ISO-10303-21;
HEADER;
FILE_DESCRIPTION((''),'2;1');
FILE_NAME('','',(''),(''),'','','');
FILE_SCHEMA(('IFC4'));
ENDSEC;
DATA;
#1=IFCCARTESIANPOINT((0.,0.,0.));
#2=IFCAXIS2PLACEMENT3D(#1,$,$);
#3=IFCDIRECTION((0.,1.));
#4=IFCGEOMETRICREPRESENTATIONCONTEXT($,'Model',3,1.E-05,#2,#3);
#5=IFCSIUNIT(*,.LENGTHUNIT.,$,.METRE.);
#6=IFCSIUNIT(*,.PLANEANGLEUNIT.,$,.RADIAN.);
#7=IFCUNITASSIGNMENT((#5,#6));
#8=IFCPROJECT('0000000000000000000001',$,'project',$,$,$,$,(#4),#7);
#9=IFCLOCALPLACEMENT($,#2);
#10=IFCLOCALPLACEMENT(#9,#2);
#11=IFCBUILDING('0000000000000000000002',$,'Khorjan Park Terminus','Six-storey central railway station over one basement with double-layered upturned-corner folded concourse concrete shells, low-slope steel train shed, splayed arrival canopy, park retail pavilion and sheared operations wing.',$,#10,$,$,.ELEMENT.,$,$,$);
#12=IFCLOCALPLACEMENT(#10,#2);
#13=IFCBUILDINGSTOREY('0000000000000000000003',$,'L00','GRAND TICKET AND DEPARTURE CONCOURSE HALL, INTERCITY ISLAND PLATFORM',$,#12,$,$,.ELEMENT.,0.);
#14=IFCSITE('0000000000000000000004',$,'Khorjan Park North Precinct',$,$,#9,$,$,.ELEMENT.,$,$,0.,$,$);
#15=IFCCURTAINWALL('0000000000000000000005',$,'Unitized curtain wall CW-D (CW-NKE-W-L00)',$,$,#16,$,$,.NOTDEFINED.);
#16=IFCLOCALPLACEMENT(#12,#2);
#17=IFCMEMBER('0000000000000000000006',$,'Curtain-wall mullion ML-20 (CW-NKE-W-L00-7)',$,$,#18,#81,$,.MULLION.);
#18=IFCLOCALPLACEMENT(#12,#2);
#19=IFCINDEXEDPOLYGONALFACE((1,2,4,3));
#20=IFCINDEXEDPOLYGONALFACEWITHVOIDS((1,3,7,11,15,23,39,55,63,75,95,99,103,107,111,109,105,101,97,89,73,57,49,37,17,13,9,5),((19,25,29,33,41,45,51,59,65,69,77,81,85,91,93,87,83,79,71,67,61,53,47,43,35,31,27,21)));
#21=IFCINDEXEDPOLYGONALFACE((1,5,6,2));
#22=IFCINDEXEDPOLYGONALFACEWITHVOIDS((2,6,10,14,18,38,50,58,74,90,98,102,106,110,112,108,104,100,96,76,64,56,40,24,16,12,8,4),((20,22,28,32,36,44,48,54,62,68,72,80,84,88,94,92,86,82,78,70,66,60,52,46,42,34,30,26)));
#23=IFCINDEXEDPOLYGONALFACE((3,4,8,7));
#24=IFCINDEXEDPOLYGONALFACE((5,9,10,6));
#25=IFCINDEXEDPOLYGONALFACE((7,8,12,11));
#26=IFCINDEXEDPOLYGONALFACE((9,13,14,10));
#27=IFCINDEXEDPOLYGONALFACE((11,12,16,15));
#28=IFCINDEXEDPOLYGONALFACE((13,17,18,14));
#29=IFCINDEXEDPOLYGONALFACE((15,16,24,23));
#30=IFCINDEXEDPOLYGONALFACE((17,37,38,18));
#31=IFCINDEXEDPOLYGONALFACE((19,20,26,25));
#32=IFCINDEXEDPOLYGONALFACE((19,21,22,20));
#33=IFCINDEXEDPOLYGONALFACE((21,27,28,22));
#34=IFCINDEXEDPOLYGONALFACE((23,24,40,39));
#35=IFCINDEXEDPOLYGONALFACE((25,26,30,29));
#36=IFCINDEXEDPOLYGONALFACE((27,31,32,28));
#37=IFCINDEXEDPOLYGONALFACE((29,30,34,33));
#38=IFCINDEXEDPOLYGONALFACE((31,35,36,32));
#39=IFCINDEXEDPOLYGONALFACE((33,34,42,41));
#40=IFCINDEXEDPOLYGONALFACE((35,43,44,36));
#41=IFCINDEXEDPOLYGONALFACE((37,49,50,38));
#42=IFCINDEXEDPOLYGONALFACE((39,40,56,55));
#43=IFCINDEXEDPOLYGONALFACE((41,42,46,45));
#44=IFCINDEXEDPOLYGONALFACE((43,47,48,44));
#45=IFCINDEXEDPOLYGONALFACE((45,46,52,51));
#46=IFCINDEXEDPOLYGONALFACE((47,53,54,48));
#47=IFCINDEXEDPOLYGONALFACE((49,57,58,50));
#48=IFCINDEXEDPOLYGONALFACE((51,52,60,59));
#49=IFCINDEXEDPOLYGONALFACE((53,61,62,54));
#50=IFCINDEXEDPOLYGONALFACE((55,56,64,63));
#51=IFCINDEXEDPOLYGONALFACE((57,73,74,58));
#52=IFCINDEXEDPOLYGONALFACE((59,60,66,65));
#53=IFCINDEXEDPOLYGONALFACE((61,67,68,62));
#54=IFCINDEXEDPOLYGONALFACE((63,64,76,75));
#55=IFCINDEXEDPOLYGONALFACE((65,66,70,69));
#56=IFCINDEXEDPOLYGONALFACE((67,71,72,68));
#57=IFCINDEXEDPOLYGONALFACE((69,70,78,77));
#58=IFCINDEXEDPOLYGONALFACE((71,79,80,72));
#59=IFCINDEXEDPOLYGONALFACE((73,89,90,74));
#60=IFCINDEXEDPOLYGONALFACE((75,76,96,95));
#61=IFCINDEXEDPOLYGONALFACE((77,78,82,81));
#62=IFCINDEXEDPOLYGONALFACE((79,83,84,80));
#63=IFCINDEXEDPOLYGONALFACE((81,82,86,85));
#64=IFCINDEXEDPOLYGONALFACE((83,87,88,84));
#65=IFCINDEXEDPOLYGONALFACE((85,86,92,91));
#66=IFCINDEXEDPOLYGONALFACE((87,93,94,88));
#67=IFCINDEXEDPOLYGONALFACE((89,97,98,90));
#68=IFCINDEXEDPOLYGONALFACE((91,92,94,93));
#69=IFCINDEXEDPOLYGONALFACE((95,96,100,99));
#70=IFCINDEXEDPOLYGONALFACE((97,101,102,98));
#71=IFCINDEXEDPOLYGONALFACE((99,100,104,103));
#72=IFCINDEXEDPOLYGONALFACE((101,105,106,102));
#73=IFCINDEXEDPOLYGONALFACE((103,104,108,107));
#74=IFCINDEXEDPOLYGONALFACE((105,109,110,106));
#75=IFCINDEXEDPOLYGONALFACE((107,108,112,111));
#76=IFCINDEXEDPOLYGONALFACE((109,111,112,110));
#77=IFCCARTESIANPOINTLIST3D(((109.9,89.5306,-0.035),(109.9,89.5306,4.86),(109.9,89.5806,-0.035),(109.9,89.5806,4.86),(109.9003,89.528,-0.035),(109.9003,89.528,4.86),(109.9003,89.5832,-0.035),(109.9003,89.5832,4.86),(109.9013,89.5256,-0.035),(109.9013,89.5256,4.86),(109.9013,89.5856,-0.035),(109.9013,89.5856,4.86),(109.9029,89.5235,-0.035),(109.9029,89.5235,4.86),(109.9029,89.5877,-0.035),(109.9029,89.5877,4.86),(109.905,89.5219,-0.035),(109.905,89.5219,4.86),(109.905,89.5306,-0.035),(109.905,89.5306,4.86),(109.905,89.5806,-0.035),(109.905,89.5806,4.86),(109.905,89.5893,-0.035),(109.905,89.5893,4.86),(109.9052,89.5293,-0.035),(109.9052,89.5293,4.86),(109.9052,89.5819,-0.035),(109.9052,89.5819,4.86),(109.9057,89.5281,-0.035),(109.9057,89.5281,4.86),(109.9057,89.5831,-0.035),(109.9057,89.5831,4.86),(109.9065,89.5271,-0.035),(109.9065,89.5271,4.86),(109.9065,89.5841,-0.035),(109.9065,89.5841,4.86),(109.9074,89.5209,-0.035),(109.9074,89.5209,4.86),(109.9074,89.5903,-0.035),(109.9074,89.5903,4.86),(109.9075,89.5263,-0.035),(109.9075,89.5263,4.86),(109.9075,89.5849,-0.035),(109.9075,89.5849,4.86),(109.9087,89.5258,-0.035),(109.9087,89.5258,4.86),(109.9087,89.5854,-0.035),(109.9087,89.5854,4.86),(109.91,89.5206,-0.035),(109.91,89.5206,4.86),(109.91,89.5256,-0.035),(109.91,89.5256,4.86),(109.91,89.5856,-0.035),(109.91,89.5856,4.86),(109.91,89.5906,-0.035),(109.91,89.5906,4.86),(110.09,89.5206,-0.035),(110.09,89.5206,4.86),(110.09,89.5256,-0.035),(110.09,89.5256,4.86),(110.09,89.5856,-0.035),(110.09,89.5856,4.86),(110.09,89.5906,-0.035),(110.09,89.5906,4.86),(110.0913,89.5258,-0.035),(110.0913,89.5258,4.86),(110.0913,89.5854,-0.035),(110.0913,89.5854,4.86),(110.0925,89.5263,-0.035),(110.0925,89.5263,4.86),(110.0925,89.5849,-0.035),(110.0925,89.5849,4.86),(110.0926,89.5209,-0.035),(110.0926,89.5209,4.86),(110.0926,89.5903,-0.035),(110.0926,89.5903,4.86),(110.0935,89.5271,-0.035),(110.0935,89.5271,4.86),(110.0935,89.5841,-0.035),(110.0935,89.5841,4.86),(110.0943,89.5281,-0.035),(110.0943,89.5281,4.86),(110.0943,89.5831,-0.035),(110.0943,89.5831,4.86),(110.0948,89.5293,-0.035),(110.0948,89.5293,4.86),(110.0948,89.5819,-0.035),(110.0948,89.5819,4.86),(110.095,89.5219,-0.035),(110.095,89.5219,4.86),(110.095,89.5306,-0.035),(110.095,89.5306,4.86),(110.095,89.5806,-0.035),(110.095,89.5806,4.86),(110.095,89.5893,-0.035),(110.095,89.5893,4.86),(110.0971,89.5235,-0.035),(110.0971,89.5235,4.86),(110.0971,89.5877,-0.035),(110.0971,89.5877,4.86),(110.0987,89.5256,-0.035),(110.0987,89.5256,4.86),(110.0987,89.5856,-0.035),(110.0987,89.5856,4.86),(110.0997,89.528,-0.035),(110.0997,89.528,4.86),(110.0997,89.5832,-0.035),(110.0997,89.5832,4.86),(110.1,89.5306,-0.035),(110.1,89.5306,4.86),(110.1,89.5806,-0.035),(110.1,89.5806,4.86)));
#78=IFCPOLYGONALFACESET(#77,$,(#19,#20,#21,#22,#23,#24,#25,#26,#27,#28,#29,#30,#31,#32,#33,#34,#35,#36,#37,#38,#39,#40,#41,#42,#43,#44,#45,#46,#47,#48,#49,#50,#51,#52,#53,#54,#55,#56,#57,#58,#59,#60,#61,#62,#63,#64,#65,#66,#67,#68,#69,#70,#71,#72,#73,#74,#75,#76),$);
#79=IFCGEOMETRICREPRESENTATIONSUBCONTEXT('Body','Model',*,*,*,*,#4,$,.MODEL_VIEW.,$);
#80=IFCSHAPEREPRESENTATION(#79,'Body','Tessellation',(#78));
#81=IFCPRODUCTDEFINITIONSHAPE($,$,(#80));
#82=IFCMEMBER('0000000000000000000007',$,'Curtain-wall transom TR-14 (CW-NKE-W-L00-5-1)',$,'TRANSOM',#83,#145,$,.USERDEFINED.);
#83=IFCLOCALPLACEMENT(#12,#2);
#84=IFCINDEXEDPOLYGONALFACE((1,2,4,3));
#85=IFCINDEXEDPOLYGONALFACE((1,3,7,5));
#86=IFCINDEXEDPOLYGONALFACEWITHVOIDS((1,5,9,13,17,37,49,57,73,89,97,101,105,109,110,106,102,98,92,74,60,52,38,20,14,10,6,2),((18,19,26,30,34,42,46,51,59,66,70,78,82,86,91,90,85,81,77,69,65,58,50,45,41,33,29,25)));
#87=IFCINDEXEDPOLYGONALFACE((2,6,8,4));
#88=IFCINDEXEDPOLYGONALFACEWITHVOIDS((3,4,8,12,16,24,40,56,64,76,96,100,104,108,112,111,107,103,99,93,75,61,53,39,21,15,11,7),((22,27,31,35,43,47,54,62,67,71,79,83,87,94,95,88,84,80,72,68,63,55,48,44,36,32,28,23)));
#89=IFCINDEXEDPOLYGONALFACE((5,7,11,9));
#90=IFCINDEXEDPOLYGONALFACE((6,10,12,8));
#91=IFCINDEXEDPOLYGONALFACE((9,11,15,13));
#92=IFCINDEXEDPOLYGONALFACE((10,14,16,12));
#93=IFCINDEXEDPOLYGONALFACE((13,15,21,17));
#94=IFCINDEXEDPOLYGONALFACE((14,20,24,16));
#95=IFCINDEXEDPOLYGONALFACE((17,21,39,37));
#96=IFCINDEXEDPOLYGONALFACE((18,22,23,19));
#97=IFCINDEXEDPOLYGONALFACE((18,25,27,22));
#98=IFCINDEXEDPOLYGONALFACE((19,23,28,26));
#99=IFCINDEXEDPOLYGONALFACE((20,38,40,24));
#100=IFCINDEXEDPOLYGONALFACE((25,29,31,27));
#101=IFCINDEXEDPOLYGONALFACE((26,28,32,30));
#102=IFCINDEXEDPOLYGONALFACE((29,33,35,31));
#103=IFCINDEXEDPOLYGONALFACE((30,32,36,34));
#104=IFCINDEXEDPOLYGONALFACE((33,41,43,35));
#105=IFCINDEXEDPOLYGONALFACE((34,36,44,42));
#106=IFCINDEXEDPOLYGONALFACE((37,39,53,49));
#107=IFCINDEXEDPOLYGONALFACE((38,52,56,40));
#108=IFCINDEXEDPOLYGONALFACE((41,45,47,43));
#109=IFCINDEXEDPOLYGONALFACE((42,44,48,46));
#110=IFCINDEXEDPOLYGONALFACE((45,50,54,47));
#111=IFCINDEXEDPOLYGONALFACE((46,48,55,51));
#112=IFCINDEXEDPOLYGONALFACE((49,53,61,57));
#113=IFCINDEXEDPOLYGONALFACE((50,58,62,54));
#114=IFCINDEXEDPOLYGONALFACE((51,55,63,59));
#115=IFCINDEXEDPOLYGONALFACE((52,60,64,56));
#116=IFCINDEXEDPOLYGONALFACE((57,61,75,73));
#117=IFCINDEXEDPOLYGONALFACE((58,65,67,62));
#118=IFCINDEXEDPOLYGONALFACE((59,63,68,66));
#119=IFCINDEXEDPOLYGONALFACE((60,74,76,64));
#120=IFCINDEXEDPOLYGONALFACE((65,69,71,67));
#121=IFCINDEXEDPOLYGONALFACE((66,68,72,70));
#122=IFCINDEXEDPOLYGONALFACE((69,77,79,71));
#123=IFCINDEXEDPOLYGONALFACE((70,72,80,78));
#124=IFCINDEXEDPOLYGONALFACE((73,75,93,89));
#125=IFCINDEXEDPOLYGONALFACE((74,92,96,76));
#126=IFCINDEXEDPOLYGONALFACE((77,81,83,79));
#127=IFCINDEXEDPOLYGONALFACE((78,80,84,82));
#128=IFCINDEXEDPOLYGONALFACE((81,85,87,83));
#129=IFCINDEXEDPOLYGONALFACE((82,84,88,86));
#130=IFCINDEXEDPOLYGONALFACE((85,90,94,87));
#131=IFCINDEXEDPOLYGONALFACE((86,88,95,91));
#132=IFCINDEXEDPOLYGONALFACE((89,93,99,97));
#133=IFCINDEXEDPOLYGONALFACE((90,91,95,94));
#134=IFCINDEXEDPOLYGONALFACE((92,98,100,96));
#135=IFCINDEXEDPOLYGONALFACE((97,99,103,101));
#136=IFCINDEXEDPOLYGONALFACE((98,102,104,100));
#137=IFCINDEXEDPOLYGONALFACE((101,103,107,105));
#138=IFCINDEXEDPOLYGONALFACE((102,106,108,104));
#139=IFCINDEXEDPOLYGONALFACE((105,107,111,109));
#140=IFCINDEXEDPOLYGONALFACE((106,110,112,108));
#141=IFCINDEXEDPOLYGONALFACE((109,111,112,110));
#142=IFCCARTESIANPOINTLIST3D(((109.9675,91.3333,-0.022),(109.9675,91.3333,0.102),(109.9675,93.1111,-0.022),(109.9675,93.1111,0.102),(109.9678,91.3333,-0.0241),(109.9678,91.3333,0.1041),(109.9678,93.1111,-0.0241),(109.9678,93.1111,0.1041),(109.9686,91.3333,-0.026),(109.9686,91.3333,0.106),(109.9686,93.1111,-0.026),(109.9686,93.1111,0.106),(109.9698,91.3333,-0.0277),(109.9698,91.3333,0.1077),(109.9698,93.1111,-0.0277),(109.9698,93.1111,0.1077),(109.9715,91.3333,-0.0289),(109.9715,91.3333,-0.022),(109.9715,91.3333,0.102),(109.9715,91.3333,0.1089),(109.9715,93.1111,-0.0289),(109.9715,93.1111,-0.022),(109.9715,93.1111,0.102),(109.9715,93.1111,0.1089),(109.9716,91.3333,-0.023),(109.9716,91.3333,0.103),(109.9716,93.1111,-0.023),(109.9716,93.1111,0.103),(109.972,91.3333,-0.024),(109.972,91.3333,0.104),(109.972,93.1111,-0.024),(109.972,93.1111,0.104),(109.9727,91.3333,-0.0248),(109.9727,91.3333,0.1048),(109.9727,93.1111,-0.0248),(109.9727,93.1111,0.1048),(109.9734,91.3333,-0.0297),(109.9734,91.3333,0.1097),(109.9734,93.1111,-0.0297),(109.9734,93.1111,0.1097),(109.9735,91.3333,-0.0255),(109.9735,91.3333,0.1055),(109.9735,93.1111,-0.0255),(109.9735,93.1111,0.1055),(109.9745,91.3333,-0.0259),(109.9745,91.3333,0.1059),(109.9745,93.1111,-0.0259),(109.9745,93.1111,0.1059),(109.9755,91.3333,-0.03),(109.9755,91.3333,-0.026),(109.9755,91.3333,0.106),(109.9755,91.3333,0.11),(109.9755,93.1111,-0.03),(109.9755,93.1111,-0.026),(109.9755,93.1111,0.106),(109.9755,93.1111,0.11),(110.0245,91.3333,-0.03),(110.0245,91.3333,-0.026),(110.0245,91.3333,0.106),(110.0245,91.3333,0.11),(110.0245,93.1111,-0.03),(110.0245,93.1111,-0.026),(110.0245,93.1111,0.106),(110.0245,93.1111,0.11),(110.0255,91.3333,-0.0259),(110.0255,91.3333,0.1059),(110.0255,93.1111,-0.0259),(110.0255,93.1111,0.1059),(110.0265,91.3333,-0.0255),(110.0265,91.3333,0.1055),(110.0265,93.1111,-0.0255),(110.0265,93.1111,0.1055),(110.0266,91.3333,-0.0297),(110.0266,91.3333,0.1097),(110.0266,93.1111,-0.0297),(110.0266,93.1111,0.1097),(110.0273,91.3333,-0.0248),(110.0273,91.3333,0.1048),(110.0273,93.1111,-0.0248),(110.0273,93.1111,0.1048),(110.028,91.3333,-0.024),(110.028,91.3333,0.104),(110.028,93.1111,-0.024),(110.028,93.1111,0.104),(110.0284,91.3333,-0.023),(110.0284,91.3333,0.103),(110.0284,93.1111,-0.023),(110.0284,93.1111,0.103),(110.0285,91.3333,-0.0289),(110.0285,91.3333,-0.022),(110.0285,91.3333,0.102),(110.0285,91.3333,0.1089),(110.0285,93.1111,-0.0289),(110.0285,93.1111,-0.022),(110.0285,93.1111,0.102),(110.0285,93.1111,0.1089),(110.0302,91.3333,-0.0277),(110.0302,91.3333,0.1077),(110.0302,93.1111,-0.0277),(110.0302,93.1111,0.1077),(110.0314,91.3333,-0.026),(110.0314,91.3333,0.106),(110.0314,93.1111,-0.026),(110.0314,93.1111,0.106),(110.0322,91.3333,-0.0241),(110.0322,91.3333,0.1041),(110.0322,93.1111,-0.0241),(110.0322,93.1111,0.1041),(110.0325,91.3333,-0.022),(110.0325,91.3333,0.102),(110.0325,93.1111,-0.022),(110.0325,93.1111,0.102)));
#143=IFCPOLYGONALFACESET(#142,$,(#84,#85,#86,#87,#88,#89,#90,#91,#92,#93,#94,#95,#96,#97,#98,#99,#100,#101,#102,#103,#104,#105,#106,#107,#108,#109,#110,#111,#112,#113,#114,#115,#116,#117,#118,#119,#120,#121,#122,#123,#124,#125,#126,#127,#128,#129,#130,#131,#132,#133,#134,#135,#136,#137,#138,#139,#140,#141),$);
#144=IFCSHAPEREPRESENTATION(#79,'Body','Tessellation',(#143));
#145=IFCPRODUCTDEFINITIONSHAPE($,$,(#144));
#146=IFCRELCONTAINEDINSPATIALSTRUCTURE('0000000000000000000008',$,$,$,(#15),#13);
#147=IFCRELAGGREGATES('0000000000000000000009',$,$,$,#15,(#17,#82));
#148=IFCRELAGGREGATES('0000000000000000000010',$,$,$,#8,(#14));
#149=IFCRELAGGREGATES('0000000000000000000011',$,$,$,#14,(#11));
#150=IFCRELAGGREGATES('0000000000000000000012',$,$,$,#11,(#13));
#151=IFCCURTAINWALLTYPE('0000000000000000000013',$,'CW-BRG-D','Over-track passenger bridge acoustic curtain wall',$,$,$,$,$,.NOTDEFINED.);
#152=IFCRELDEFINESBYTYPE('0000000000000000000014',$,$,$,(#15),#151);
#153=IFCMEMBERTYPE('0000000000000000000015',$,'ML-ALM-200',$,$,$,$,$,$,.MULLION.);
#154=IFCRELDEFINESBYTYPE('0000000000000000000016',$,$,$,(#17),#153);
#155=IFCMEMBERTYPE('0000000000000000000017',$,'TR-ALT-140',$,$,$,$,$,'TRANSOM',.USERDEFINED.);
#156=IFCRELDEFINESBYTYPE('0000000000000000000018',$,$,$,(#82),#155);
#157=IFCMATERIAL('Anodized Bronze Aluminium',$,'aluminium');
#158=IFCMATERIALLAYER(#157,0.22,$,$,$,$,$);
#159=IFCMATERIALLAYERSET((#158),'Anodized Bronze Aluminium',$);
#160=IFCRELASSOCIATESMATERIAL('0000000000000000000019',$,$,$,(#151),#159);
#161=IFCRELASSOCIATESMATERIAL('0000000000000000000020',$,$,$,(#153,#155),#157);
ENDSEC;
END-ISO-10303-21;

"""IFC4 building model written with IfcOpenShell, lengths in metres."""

from ifc_helpers import new_model, si_unit, direction, frame, origin, origin_2d, place, context, subcontext, project, spatial, hollow_rectangle, extrude, material, layer, layer_set, material_profile, profile_set, type_object, element, aggregate, save


model = new_model("IFC4")

# Units and contexts
model_context = context("Model", 3, precision=1e-05, world=origin(), true_north=direction((0.0, 1.0)))
body_context = subcontext(model_context, "Body", "Model", "MODEL_VIEW")
ifc_project = project(units=[si_unit("LENGTHUNIT", "METRE"), si_unit("PLANEANGLEUNIT", "RADIAN")], contexts=[model_context])

# Site, building, storey
site_placement = place(None, origin())
site = spatial("IfcSite", under=ifc_project, at=site_placement, Name="Khorjan Park North Precinct", CompositionType="ELEMENT", RefElevation=0.0)
building_placement = place(site_placement, origin())
building = spatial("IfcBuilding", under=site, at=building_placement, Name="Khorjan Park Terminus", Description="Six-storey central railway station over one basement with double-layered upturned-corner folded concourse concrete shells, low-slope steel train shed, splayed arrival canopy, park retail pavilion and sheared operations wing.", CompositionType="ELEMENT")
storey_placement = place(building_placement, origin())
storey = spatial("IfcBuildingStorey", under=building, at=storey_placement, Name="L00", Description="GRAND TICKET AND DEPARTURE CONCOURSE HALL, INTERCITY ISLAND PLATFORM", CompositionType="ELEMENT", Elevation=0.0)

# Curtain wall, members
ifc_material_1 = material(Name="Anodized Bronze Aluminium", Category="aluminium")
ifc_layer_1 = layer(ifc_material_1, 0.22)
ifc_layer_set_1 = layer_set([ifc_layer_1], Name="Anodized Bronze Aluminium")
curtain_wall_type = type_object("IfcCurtainWallType", Name="CW-BRG-D", Description="Over-track passenger bridge acoustic curtain wall", PredefinedType="NOTDEFINED", material=ifc_layer_set_1)
curtain_wall_placement = place(storey_placement, origin())
curtain_wall = element("IfcCurtainWall", 1, at=curtain_wall_placement, inside=storey, type_object=curtain_wall_type, Name="Unitized curtain wall CW-D (CW-NKE-W-L00)", PredefinedType="NOTDEFINED")
ifc_material_profile_1 = material_profile(ifc_material_1, hollow_rectangle(XDim=0.07, YDim=0.2, WallThickness=0.005, InnerFilletRadius=0.005, OuterFilletRadius=0.01, at=origin_2d()), Name="ALM 70x200x5")
ifc_profile_set_1 = profile_set([ifc_material_profile_1], Name="Anodized Bronze Aluminium")
member_type_1 = type_object("IfcMemberType", Name="ML-ALM-200", PredefinedType="MULLION", material=ifc_profile_set_1)
member_1_placement = place(storey_placement, frame((110.0, 89.5556, -0.035), z_axis=(0.0, 0.0, 1.0), x_axis=(0.0, -1.0, 0.0)))
member_1 = element("IfcMember", 2, at=member_1_placement, type_object=member_type_1, Name="Curtain-wall mullion ML-20 (CW-NKE-W-L00-7)", PredefinedType="MULLION", context=body_context, shape_type="SweptSolid", body=[
    extrude(hollow_rectangle(XDim=0.07, YDim=0.2, WallThickness=0.005, InnerFilletRadius=0.005, OuterFilletRadius=0.01, at=origin_2d()), origin(), (0.0, 0.0, 1.0), 4.895),
])
ifc_material_profile_2 = material_profile(ifc_material_1, hollow_rectangle(XDim=0.065, YDim=0.14, WallThickness=0.004, InnerFilletRadius=0.004, OuterFilletRadius=0.008, at=origin_2d()), Name="ALT 65x140x4")
ifc_profile_set_2 = profile_set([ifc_material_profile_2], Name="Anodized Bronze Aluminium")
member_type_2 = type_object("IfcMemberType", Name="TR-ALT-140", ElementType="TRANSOM", PredefinedType="USERDEFINED", material=ifc_profile_set_2)
member_2_placement = place(storey_placement, frame((110.0, 93.1111, 0.04), z_axis=(0.0, -1.0, 0.0), x_axis=(1.0, 0.0, 0.0)))
member_2 = element("IfcMember", 3, at=member_2_placement, type_object=member_type_2, Name="Curtain-wall transom TR-14 (CW-NKE-W-L00-5-1)", ObjectType="TRANSOM", PredefinedType="USERDEFINED", context=body_context, shape_type="SweptSolid", body=[
    extrude(hollow_rectangle(XDim=0.065, YDim=0.14, WallThickness=0.004, InnerFilletRadius=0.004, OuterFilletRadius=0.008, at=origin_2d()), origin(), (0.0, 0.0, 1.0), 1.7778),
])
aggregate(curtain_wall, [member_1, member_2])

save(model, "model.ifc")
